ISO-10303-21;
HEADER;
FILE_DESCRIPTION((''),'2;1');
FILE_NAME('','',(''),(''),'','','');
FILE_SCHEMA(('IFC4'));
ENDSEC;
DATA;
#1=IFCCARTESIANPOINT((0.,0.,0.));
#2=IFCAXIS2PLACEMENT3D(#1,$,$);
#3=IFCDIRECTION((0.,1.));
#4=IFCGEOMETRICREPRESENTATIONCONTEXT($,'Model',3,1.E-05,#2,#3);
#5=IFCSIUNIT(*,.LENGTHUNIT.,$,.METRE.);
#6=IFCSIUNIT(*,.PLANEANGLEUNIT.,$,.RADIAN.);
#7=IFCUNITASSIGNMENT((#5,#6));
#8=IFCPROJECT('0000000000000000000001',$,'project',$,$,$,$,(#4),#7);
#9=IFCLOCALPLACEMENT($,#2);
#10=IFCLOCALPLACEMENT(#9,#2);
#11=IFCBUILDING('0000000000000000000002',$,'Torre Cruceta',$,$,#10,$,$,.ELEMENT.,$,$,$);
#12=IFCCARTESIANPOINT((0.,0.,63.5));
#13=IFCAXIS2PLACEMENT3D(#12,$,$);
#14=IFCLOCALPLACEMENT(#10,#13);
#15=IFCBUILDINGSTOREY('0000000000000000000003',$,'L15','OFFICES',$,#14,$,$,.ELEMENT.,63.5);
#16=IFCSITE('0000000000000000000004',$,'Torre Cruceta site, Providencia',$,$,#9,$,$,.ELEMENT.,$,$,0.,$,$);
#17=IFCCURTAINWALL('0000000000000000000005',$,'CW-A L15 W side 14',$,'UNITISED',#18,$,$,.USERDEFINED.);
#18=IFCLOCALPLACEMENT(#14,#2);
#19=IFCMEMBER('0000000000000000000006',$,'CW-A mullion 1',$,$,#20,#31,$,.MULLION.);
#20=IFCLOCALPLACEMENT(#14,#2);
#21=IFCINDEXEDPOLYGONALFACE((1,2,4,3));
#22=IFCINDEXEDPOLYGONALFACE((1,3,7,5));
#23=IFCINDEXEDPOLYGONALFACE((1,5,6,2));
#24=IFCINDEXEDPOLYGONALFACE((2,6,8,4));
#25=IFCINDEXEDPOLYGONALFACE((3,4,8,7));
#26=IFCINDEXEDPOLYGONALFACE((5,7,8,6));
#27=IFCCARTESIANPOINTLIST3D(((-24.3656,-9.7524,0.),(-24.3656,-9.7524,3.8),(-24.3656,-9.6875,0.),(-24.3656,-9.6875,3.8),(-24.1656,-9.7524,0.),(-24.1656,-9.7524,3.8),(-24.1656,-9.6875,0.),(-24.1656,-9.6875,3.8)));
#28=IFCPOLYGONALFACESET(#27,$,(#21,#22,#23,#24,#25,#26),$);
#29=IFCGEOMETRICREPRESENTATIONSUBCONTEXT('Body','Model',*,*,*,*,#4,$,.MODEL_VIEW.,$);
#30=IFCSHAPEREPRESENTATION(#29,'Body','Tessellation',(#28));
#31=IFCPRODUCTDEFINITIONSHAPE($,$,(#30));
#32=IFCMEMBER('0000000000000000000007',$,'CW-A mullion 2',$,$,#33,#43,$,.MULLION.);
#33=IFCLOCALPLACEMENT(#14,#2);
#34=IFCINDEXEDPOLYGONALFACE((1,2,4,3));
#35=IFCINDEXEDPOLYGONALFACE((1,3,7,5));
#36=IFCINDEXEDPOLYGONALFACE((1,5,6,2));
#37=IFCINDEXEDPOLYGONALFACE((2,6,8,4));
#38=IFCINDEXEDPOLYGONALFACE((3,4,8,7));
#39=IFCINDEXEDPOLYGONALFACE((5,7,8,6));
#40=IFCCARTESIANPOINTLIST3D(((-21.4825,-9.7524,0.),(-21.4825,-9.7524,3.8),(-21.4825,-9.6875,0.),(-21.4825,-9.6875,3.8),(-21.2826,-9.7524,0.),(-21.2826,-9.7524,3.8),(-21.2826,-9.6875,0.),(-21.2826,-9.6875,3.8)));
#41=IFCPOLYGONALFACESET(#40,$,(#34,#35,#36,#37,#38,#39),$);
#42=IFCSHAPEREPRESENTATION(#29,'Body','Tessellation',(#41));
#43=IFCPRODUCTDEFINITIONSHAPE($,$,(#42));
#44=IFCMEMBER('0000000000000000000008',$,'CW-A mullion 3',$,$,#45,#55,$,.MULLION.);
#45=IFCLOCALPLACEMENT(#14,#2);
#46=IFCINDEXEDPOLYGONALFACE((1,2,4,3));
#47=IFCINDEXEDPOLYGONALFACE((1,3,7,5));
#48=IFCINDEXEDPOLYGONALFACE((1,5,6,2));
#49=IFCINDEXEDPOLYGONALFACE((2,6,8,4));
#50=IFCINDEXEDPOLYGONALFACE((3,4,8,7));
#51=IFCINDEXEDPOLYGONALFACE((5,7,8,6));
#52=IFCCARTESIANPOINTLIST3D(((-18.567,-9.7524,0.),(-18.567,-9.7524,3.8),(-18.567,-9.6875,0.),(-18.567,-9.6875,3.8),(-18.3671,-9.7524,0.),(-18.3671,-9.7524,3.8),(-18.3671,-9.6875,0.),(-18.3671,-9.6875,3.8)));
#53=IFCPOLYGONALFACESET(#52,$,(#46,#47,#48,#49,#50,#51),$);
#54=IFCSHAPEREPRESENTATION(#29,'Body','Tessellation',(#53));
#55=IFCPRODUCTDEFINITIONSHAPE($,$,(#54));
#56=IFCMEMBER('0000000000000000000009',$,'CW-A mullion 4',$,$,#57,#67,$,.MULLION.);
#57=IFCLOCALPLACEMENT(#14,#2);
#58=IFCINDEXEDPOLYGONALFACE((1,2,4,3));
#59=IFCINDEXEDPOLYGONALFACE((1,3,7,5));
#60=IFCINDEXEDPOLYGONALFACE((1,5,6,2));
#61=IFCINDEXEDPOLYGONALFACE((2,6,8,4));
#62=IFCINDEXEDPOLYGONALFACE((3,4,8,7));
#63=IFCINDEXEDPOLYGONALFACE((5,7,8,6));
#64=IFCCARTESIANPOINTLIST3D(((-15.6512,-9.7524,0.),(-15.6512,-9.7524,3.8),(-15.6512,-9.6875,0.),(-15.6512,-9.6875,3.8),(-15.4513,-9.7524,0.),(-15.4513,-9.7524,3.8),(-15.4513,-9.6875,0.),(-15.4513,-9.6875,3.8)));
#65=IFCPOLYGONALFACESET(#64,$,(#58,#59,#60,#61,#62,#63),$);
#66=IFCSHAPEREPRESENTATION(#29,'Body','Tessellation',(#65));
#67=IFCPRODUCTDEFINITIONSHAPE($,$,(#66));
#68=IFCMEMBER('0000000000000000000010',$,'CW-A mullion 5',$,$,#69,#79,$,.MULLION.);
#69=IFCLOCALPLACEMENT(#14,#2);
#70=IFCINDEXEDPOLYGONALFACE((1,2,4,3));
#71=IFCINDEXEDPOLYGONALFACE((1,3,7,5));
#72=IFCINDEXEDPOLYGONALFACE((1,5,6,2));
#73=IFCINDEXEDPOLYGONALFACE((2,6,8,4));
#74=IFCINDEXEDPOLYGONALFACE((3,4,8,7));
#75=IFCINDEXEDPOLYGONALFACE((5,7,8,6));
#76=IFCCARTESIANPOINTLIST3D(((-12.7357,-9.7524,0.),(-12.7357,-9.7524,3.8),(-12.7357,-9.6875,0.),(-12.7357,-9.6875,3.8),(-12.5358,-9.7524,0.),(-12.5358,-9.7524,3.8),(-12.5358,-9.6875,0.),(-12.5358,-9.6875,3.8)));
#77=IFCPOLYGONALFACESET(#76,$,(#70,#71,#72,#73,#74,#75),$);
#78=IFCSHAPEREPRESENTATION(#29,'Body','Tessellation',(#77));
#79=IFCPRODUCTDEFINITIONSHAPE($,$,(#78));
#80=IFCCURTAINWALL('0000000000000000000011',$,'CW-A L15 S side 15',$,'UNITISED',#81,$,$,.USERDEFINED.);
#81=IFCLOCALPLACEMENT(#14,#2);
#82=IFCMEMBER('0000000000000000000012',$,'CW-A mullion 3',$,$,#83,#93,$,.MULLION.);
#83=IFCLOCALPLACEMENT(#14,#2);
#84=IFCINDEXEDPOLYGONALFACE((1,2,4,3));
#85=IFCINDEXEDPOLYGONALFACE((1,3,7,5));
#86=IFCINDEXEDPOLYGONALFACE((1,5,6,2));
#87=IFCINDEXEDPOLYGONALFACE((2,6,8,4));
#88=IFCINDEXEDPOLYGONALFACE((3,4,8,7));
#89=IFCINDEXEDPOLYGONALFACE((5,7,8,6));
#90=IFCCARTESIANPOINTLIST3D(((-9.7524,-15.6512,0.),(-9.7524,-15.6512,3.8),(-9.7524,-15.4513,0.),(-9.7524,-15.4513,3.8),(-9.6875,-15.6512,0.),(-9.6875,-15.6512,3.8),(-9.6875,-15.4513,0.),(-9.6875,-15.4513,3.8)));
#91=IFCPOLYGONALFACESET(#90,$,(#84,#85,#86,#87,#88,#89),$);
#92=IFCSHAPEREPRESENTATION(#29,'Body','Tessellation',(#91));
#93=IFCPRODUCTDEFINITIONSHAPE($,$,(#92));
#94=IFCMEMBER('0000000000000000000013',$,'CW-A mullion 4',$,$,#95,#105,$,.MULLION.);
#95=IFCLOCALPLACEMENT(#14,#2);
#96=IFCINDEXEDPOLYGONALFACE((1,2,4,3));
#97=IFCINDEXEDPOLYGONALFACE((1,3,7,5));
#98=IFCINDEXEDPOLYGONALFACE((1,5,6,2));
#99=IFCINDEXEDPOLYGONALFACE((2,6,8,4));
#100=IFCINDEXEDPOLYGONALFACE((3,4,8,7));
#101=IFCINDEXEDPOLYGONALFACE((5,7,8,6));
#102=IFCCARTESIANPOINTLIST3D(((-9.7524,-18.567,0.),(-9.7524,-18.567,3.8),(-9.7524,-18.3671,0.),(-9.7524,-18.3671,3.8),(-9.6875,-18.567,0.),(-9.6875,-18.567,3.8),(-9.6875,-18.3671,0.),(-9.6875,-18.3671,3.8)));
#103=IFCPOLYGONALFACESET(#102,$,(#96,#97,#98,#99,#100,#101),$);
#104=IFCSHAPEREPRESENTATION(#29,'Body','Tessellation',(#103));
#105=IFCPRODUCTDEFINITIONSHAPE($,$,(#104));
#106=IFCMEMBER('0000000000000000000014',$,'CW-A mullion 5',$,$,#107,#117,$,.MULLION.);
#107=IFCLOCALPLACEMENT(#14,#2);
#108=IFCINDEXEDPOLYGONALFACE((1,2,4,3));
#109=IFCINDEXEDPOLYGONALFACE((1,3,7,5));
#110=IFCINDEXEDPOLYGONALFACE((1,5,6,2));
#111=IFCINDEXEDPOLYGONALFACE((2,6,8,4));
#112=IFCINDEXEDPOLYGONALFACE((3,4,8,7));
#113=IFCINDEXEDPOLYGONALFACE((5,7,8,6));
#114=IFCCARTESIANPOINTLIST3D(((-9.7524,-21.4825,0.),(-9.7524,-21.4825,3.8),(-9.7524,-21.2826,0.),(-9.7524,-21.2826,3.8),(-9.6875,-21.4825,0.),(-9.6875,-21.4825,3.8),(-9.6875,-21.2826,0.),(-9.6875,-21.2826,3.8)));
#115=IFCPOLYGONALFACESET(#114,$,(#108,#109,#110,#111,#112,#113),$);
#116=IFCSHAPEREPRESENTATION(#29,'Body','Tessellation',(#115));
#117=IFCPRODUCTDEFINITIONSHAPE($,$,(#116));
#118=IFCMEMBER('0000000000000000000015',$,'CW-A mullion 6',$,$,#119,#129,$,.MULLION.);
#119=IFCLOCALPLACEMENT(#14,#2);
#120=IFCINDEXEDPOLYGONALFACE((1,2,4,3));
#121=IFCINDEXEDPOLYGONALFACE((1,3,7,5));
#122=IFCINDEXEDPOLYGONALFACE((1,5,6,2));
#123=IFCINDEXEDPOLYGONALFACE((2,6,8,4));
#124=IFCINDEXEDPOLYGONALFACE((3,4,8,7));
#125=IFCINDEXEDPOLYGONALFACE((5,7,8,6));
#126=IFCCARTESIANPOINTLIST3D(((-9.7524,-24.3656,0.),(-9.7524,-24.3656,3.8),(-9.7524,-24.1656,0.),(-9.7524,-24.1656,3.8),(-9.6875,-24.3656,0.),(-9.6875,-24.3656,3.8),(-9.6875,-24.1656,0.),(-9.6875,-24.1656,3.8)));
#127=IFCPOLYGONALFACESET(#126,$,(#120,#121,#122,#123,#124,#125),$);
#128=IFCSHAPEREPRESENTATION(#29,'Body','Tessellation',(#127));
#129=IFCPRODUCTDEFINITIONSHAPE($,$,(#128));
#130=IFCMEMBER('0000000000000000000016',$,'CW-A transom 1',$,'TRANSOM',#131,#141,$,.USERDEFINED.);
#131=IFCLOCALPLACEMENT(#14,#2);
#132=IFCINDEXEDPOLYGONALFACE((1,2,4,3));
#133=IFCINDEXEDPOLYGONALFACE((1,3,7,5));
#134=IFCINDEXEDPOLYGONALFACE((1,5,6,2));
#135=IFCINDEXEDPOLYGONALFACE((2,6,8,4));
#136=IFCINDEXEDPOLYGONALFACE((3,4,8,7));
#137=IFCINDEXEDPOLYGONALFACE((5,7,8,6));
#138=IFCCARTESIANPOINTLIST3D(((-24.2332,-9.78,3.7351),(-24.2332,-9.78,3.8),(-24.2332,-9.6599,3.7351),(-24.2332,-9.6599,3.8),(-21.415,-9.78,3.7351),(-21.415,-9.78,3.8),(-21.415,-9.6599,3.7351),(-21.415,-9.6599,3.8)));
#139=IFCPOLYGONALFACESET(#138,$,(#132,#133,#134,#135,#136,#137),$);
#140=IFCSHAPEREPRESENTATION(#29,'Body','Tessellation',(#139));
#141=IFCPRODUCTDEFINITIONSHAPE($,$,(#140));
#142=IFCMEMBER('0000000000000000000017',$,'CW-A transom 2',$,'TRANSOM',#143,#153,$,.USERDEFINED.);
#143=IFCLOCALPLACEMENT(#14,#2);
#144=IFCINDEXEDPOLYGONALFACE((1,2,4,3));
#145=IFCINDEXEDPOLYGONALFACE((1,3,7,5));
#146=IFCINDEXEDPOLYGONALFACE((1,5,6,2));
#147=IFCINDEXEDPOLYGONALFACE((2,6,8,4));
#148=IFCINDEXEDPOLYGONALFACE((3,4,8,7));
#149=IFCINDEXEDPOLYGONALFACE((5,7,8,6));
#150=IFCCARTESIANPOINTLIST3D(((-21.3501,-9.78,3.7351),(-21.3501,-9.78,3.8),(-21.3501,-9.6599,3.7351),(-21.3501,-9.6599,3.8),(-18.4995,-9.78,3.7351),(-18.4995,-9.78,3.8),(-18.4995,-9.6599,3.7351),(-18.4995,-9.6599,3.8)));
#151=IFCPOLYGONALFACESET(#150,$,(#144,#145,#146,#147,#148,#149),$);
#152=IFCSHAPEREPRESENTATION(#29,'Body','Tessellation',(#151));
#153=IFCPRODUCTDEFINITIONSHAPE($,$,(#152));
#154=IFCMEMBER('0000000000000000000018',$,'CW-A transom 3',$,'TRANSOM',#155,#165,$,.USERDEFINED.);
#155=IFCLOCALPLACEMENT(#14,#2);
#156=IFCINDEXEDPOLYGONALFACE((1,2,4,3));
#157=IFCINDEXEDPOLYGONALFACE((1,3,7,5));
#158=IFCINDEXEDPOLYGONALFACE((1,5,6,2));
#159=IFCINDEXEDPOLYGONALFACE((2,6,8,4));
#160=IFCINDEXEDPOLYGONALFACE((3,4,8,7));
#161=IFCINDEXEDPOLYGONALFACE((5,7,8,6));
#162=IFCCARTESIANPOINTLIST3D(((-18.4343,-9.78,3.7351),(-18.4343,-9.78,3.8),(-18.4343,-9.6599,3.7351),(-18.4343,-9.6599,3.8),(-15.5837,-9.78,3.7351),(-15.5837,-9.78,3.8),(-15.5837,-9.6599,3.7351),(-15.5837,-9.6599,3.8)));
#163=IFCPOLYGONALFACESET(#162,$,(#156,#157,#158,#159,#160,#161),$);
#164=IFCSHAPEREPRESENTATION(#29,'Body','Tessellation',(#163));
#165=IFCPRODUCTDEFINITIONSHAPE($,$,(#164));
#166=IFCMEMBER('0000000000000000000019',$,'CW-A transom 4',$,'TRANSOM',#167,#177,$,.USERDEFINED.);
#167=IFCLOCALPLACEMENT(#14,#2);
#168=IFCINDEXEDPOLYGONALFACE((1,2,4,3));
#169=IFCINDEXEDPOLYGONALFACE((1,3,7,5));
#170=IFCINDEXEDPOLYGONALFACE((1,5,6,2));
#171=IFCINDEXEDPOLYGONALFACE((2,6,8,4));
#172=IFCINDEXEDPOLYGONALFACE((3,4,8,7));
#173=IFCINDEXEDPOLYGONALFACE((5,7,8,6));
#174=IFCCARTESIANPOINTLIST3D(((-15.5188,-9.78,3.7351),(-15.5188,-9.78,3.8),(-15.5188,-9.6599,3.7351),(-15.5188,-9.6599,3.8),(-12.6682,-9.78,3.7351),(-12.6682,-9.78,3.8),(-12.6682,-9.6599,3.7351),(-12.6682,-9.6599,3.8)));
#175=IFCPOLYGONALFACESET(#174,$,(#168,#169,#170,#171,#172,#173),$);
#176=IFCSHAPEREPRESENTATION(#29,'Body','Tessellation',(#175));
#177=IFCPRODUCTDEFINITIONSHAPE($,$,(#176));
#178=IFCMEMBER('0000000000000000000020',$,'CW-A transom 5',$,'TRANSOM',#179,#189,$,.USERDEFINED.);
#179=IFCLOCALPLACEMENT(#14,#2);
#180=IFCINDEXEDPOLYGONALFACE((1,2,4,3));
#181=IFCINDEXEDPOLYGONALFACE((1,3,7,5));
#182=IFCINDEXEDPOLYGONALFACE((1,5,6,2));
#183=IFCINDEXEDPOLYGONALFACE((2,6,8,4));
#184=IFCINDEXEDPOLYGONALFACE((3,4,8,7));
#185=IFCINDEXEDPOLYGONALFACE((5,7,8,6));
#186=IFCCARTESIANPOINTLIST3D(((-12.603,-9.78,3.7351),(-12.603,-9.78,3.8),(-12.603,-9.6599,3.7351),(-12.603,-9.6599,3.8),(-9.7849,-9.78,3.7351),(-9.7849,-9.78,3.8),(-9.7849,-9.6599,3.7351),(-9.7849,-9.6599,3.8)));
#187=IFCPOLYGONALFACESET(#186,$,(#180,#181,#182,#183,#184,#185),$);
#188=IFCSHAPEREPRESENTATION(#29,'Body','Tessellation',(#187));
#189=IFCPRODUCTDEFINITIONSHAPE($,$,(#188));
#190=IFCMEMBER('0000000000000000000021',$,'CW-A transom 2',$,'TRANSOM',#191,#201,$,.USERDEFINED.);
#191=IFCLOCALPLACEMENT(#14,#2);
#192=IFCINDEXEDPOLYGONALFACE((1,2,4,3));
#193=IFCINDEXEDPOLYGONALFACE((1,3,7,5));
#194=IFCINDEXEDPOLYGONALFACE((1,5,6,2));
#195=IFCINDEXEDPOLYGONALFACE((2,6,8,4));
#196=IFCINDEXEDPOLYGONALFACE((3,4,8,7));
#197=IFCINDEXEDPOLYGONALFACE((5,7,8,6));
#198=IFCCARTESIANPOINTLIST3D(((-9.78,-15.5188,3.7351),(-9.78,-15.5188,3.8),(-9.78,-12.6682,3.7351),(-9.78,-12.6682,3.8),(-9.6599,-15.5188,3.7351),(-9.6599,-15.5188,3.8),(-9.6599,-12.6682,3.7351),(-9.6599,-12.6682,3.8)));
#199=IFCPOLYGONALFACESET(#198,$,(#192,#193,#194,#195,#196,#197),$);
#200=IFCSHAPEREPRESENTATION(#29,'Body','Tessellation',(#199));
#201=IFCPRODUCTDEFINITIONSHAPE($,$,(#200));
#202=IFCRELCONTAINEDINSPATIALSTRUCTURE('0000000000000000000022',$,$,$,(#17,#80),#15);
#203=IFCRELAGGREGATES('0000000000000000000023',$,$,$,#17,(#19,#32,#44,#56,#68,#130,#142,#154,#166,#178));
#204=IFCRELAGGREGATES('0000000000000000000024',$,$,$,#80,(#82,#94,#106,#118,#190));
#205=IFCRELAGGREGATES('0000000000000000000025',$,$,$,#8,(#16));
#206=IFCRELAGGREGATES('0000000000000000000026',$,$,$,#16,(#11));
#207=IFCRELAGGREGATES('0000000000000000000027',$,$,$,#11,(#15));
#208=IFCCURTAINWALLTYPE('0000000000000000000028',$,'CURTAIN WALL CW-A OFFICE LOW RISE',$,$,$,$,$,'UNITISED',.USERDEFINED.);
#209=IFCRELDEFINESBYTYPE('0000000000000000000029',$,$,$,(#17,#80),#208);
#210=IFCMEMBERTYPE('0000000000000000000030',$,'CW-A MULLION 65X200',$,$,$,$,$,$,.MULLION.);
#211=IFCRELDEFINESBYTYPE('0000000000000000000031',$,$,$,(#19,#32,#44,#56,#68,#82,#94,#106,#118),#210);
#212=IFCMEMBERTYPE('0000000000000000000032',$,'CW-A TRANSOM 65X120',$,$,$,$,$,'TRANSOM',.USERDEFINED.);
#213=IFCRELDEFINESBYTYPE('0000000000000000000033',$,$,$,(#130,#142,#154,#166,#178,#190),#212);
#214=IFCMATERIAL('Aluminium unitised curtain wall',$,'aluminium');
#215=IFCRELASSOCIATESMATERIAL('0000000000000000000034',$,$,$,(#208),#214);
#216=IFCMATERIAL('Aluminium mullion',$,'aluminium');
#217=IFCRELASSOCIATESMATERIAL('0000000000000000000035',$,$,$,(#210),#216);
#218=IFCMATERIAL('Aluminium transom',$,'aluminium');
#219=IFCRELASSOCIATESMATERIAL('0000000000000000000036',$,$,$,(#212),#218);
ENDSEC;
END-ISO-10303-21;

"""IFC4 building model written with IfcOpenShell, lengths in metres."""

from ifc_helpers import new_model, si_unit, direction, frame, origin, origin_2d, place, context, subcontext, project, spatial, rectangle, extrude, material, material_profile, profile_set, type_object, element, aggregate, save


model = new_model("IFC4")

# Units and contexts
model_context = context("Model", 3, precision=1e-05, world=origin(), true_north=direction((0.0, 1.0)))
body_context = subcontext(model_context, "Body", "Model", "MODEL_VIEW")
ifc_project = project(units=[si_unit("LENGTHUNIT", "METRE"), si_unit("PLANEANGLEUNIT", "RADIAN")], contexts=[model_context])

# Site, building, storey
site_placement = place(None, origin())
site = spatial("IfcSite", under=ifc_project, at=site_placement, Name="Torre Cruceta site, Providencia", CompositionType="ELEMENT", RefElevation=0.0)
building_placement = place(site_placement, origin())
building = spatial("IfcBuilding", under=site, at=building_placement, Name="Torre Cruceta", CompositionType="ELEMENT")
storey_placement = place(building_placement, frame((0.0, 0.0, 63.5)))
storey = spatial("IfcBuildingStorey", under=building, at=storey_placement, Name="L15", Description="OFFICES", CompositionType="ELEMENT", Elevation=63.5)

# Curtain walls, members
ifc_material_1 = material(Name="Aluminium unitised curtain wall", Category="aluminium")
curtain_wall_type = type_object("IfcCurtainWallType", Name="CURTAIN WALL CW-A OFFICE LOW RISE", ElementType="UNITISED", PredefinedType="USERDEFINED", material=ifc_material_1)
curtain_wall_1_placement = place(storey_placement, origin())
curtain_wall_1 = element("IfcCurtainWall", 1, at=curtain_wall_1_placement, inside=storey, type_object=curtain_wall_type, Name="CW-A L15 W side 14", ObjectType="UNITISED", PredefinedType="USERDEFINED")
ifc_material_2 = material(Name="Aluminium mullion", Category="aluminium")
ifc_material_profile_1 = material_profile(ifc_material_2, rectangle(XDim=0.0649, YDim=0.2, at=origin_2d()), Name="AL 65X200")
ifc_profile_set_1 = profile_set([ifc_material_profile_1], Name="Aluminium mullion")
member_type_1 = type_object("IfcMemberType", Name="CW-A MULLION 65X200", PredefinedType="MULLION", material=ifc_profile_set_1)
member_1_placement = place(storey_placement, frame((-24.2656, -9.72, 0.0), z_axis=(0.0, 0.0, 1.0), x_axis=(0.0, 1.0, 0.0)))
member_1 = element("IfcMember", 2, at=member_1_placement, type_object=member_type_1, Name="CW-A mullion 1", PredefinedType="MULLION", context=body_context, shape_type="SweptSolid", body=[
    extrude(rectangle(XDim=0.0649, YDim=0.2, at=origin_2d()), origin(), (0.0, 0.0, 1.0), 3.8),
])
member_2_placement = place(storey_placement, frame((-21.3826, -9.72, 0.0), z_axis=(0.0, 0.0, 1.0), x_axis=(0.0, 1.0, 0.0)))
member_2 = element("IfcMember", 3, at=member_2_placement, type_object=member_type_1, Name="CW-A mullion 2", PredefinedType="MULLION", context=body_context, shape_type="SweptSolid", body=[
    extrude(rectangle(XDim=0.0649, YDim=0.2, at=origin_2d()), origin(), (0.0, 0.0, 1.0), 3.8),
])
member_3_placement = place(storey_placement, frame((-18.467, -9.72, 0.0), z_axis=(0.0, 0.0, 1.0), x_axis=(0.0, 1.0, 0.0)))
member_3 = element("IfcMember", 4, at=member_3_placement, type_object=member_type_1, Name="CW-A mullion 3", PredefinedType="MULLION", context=body_context, shape_type="SweptSolid", body=[
    extrude(rectangle(XDim=0.0649, YDim=0.2, at=origin_2d()), origin(), (0.0, 0.0, 1.0), 3.8),
])
member_4_placement = place(storey_placement, frame((-15.5513, -9.72, 0.0), z_axis=(0.0, 0.0, 1.0), x_axis=(0.0, 1.0, 0.0)))
member_4 = element("IfcMember", 5, at=member_4_placement, type_object=member_type_1, Name="CW-A mullion 4", PredefinedType="MULLION", context=body_context, shape_type="SweptSolid", body=[
    extrude(rectangle(XDim=0.0649, YDim=0.2, at=origin_2d()), origin(), (0.0, 0.0, 1.0), 3.8),
])
member_5_placement = place(storey_placement, frame((-12.6357, -9.72, 0.0), z_axis=(0.0, 0.0, 1.0), x_axis=(0.0, 1.0, 0.0)))
member_5 = element("IfcMember", 6, at=member_5_placement, type_object=member_type_1, Name="CW-A mullion 5", PredefinedType="MULLION", context=body_context, shape_type="SweptSolid", body=[
    extrude(rectangle(XDim=0.0649, YDim=0.2, at=origin_2d()), origin(), (0.0, 0.0, 1.0), 3.8),
])
curtain_wall_2_placement = place(storey_placement, origin())
curtain_wall_2 = element("IfcCurtainWall", 7, at=curtain_wall_2_placement, inside=storey, type_object=curtain_wall_type, Name="CW-A L15 S side 15", ObjectType="UNITISED", PredefinedType="USERDEFINED")
member_6_placement = place(storey_placement, frame((-9.72, -15.5513, 0.0), z_axis=(0.0, 0.0, 1.0), x_axis=(1.0, 0.0, 0.0)))
member_6 = element("IfcMember", 8, at=member_6_placement, type_object=member_type_1, Name="CW-A mullion 3", PredefinedType="MULLION", context=body_context, shape_type="SweptSolid", body=[
    extrude(rectangle(XDim=0.0649, YDim=0.2, at=origin_2d()), origin(), (0.0, 0.0, 1.0), 3.8),
])
member_7_placement = place(storey_placement, frame((-9.72, -18.467, 0.0), z_axis=(0.0, 0.0, 1.0), x_axis=(1.0, 0.0, 0.0)))
member_7 = element("IfcMember", 9, at=member_7_placement, type_object=member_type_1, Name="CW-A mullion 4", PredefinedType="MULLION", context=body_context, shape_type="SweptSolid", body=[
    extrude(rectangle(XDim=0.0649, YDim=0.2, at=origin_2d()), origin(), (0.0, 0.0, 1.0), 3.8),
])
member_8_placement = place(storey_placement, frame((-9.72, -21.3826, 0.0), z_axis=(0.0, 0.0, 1.0), x_axis=(1.0, 0.0, 0.0)))
member_8 = element("IfcMember", 10, at=member_8_placement, type_object=member_type_1, Name="CW-A mullion 5", PredefinedType="MULLION", context=body_context, shape_type="SweptSolid", body=[
    extrude(rectangle(XDim=0.0649, YDim=0.2, at=origin_2d()), origin(), (0.0, 0.0, 1.0), 3.8),
])
member_9_placement = place(storey_placement, frame((-9.72, -24.2656, 0.0), z_axis=(0.0, 0.0, 1.0), x_axis=(1.0, 0.0, 0.0)))
member_9 = element("IfcMember", 11, at=member_9_placement, type_object=member_type_1, Name="CW-A mullion 6", PredefinedType="MULLION", context=body_context, shape_type="SweptSolid", body=[
    extrude(rectangle(XDim=0.0649, YDim=0.2, at=origin_2d()), origin(), (0.0, 0.0, 1.0), 3.8),
])

# Members
ifc_material_3 = material(Name="Aluminium transom", Category="aluminium")
ifc_material_profile_2 = material_profile(ifc_material_3, rectangle(XDim=0.1201, YDim=0.0649, at=origin_2d()), Name="AL 120X65")
ifc_profile_set_2 = profile_set([ifc_material_profile_2], Name="Aluminium transom")
member_type_2 = type_object("IfcMemberType", Name="CW-A TRANSOM 65X120", ElementType="TRANSOM", PredefinedType="USERDEFINED", material=ifc_profile_set_2)
member_10_placement = place(storey_placement, frame((-24.2332, -9.72, 3.7676), z_axis=(1.0, 0.0, 0.0), x_axis=(0.0, 1.0, 0.0)))
member_10 = element("IfcMember", 12, at=member_10_placement, type_object=member_type_2, Name="CW-A transom 1", ObjectType="TRANSOM", PredefinedType="USERDEFINED", context=body_context, shape_type="SweptSolid", body=[
    extrude(rectangle(XDim=0.1201, YDim=0.0649, at=origin_2d()), origin(), (0.0, 0.0, 1.0), 2.8181),
])
member_11_placement = place(storey_placement, frame((-21.3501, -9.72, 3.7676), z_axis=(1.0, 0.0, 0.0), x_axis=(0.0, 1.0, 0.0)))
member_11 = element("IfcMember", 13, at=member_11_placement, type_object=member_type_2, Name="CW-A transom 2", ObjectType="TRANSOM", PredefinedType="USERDEFINED", context=body_context, shape_type="SweptSolid", body=[
    extrude(rectangle(XDim=0.1201, YDim=0.0649, at=origin_2d()), origin(), (0.0, 0.0, 1.0), 2.8506),
])
member_12_placement = place(storey_placement, frame((-18.4343, -9.72, 3.7676), z_axis=(1.0, 0.0, 0.0), x_axis=(0.0, 1.0, 0.0)))
member_12 = element("IfcMember", 14, at=member_12_placement, type_object=member_type_2, Name="CW-A transom 3", ObjectType="TRANSOM", PredefinedType="USERDEFINED", context=body_context, shape_type="SweptSolid", body=[
    extrude(rectangle(XDim=0.1201, YDim=0.0649, at=origin_2d()), origin(), (0.0, 0.0, 1.0), 2.8506),
])
member_13_placement = place(storey_placement, frame((-15.5188, -9.72, 3.7676), z_axis=(1.0, 0.0, 0.0), x_axis=(0.0, 1.0, 0.0)))
member_13 = element("IfcMember", 15, at=member_13_placement, type_object=member_type_2, Name="CW-A transom 4", ObjectType="TRANSOM", PredefinedType="USERDEFINED", context=body_context, shape_type="SweptSolid", body=[
    extrude(rectangle(XDim=0.1201, YDim=0.0649, at=origin_2d()), origin(), (0.0, 0.0, 1.0), 2.8506),
])
member_14_placement = place(storey_placement, frame((-12.603, -9.72, 3.7676), z_axis=(1.0, 0.0, 0.0), x_axis=(0.0, 1.0, 0.0)))
member_14 = element("IfcMember", 16, at=member_14_placement, type_object=member_type_2, Name="CW-A transom 5", ObjectType="TRANSOM", PredefinedType="USERDEFINED", context=body_context, shape_type="SweptSolid", body=[
    extrude(rectangle(XDim=0.1201, YDim=0.0649, at=origin_2d()), origin(), (0.0, 0.0, 1.0), 2.8181),
])
member_15_placement = place(storey_placement, frame((-9.72, -12.6682, 3.7676), z_axis=(0.0, -1.0, 0.0), x_axis=(1.0, 0.0, 0.0)))
member_15 = element("IfcMember", 17, at=member_15_placement, type_object=member_type_2, Name="CW-A transom 2", ObjectType="TRANSOM", PredefinedType="USERDEFINED", context=body_context, shape_type="SweptSolid", body=[
    extrude(rectangle(XDim=0.1201, YDim=0.0649, at=origin_2d()), origin(), (0.0, 0.0, 1.0), 2.8506),
])

aggregate(curtain_wall_1, [member_1, member_2, member_3, member_4, member_5, member_10, member_11, member_12, member_13, member_14])
aggregate(curtain_wall_2, [member_6, member_7, member_8, member_9, member_15])

save(model, "model.ifc")
